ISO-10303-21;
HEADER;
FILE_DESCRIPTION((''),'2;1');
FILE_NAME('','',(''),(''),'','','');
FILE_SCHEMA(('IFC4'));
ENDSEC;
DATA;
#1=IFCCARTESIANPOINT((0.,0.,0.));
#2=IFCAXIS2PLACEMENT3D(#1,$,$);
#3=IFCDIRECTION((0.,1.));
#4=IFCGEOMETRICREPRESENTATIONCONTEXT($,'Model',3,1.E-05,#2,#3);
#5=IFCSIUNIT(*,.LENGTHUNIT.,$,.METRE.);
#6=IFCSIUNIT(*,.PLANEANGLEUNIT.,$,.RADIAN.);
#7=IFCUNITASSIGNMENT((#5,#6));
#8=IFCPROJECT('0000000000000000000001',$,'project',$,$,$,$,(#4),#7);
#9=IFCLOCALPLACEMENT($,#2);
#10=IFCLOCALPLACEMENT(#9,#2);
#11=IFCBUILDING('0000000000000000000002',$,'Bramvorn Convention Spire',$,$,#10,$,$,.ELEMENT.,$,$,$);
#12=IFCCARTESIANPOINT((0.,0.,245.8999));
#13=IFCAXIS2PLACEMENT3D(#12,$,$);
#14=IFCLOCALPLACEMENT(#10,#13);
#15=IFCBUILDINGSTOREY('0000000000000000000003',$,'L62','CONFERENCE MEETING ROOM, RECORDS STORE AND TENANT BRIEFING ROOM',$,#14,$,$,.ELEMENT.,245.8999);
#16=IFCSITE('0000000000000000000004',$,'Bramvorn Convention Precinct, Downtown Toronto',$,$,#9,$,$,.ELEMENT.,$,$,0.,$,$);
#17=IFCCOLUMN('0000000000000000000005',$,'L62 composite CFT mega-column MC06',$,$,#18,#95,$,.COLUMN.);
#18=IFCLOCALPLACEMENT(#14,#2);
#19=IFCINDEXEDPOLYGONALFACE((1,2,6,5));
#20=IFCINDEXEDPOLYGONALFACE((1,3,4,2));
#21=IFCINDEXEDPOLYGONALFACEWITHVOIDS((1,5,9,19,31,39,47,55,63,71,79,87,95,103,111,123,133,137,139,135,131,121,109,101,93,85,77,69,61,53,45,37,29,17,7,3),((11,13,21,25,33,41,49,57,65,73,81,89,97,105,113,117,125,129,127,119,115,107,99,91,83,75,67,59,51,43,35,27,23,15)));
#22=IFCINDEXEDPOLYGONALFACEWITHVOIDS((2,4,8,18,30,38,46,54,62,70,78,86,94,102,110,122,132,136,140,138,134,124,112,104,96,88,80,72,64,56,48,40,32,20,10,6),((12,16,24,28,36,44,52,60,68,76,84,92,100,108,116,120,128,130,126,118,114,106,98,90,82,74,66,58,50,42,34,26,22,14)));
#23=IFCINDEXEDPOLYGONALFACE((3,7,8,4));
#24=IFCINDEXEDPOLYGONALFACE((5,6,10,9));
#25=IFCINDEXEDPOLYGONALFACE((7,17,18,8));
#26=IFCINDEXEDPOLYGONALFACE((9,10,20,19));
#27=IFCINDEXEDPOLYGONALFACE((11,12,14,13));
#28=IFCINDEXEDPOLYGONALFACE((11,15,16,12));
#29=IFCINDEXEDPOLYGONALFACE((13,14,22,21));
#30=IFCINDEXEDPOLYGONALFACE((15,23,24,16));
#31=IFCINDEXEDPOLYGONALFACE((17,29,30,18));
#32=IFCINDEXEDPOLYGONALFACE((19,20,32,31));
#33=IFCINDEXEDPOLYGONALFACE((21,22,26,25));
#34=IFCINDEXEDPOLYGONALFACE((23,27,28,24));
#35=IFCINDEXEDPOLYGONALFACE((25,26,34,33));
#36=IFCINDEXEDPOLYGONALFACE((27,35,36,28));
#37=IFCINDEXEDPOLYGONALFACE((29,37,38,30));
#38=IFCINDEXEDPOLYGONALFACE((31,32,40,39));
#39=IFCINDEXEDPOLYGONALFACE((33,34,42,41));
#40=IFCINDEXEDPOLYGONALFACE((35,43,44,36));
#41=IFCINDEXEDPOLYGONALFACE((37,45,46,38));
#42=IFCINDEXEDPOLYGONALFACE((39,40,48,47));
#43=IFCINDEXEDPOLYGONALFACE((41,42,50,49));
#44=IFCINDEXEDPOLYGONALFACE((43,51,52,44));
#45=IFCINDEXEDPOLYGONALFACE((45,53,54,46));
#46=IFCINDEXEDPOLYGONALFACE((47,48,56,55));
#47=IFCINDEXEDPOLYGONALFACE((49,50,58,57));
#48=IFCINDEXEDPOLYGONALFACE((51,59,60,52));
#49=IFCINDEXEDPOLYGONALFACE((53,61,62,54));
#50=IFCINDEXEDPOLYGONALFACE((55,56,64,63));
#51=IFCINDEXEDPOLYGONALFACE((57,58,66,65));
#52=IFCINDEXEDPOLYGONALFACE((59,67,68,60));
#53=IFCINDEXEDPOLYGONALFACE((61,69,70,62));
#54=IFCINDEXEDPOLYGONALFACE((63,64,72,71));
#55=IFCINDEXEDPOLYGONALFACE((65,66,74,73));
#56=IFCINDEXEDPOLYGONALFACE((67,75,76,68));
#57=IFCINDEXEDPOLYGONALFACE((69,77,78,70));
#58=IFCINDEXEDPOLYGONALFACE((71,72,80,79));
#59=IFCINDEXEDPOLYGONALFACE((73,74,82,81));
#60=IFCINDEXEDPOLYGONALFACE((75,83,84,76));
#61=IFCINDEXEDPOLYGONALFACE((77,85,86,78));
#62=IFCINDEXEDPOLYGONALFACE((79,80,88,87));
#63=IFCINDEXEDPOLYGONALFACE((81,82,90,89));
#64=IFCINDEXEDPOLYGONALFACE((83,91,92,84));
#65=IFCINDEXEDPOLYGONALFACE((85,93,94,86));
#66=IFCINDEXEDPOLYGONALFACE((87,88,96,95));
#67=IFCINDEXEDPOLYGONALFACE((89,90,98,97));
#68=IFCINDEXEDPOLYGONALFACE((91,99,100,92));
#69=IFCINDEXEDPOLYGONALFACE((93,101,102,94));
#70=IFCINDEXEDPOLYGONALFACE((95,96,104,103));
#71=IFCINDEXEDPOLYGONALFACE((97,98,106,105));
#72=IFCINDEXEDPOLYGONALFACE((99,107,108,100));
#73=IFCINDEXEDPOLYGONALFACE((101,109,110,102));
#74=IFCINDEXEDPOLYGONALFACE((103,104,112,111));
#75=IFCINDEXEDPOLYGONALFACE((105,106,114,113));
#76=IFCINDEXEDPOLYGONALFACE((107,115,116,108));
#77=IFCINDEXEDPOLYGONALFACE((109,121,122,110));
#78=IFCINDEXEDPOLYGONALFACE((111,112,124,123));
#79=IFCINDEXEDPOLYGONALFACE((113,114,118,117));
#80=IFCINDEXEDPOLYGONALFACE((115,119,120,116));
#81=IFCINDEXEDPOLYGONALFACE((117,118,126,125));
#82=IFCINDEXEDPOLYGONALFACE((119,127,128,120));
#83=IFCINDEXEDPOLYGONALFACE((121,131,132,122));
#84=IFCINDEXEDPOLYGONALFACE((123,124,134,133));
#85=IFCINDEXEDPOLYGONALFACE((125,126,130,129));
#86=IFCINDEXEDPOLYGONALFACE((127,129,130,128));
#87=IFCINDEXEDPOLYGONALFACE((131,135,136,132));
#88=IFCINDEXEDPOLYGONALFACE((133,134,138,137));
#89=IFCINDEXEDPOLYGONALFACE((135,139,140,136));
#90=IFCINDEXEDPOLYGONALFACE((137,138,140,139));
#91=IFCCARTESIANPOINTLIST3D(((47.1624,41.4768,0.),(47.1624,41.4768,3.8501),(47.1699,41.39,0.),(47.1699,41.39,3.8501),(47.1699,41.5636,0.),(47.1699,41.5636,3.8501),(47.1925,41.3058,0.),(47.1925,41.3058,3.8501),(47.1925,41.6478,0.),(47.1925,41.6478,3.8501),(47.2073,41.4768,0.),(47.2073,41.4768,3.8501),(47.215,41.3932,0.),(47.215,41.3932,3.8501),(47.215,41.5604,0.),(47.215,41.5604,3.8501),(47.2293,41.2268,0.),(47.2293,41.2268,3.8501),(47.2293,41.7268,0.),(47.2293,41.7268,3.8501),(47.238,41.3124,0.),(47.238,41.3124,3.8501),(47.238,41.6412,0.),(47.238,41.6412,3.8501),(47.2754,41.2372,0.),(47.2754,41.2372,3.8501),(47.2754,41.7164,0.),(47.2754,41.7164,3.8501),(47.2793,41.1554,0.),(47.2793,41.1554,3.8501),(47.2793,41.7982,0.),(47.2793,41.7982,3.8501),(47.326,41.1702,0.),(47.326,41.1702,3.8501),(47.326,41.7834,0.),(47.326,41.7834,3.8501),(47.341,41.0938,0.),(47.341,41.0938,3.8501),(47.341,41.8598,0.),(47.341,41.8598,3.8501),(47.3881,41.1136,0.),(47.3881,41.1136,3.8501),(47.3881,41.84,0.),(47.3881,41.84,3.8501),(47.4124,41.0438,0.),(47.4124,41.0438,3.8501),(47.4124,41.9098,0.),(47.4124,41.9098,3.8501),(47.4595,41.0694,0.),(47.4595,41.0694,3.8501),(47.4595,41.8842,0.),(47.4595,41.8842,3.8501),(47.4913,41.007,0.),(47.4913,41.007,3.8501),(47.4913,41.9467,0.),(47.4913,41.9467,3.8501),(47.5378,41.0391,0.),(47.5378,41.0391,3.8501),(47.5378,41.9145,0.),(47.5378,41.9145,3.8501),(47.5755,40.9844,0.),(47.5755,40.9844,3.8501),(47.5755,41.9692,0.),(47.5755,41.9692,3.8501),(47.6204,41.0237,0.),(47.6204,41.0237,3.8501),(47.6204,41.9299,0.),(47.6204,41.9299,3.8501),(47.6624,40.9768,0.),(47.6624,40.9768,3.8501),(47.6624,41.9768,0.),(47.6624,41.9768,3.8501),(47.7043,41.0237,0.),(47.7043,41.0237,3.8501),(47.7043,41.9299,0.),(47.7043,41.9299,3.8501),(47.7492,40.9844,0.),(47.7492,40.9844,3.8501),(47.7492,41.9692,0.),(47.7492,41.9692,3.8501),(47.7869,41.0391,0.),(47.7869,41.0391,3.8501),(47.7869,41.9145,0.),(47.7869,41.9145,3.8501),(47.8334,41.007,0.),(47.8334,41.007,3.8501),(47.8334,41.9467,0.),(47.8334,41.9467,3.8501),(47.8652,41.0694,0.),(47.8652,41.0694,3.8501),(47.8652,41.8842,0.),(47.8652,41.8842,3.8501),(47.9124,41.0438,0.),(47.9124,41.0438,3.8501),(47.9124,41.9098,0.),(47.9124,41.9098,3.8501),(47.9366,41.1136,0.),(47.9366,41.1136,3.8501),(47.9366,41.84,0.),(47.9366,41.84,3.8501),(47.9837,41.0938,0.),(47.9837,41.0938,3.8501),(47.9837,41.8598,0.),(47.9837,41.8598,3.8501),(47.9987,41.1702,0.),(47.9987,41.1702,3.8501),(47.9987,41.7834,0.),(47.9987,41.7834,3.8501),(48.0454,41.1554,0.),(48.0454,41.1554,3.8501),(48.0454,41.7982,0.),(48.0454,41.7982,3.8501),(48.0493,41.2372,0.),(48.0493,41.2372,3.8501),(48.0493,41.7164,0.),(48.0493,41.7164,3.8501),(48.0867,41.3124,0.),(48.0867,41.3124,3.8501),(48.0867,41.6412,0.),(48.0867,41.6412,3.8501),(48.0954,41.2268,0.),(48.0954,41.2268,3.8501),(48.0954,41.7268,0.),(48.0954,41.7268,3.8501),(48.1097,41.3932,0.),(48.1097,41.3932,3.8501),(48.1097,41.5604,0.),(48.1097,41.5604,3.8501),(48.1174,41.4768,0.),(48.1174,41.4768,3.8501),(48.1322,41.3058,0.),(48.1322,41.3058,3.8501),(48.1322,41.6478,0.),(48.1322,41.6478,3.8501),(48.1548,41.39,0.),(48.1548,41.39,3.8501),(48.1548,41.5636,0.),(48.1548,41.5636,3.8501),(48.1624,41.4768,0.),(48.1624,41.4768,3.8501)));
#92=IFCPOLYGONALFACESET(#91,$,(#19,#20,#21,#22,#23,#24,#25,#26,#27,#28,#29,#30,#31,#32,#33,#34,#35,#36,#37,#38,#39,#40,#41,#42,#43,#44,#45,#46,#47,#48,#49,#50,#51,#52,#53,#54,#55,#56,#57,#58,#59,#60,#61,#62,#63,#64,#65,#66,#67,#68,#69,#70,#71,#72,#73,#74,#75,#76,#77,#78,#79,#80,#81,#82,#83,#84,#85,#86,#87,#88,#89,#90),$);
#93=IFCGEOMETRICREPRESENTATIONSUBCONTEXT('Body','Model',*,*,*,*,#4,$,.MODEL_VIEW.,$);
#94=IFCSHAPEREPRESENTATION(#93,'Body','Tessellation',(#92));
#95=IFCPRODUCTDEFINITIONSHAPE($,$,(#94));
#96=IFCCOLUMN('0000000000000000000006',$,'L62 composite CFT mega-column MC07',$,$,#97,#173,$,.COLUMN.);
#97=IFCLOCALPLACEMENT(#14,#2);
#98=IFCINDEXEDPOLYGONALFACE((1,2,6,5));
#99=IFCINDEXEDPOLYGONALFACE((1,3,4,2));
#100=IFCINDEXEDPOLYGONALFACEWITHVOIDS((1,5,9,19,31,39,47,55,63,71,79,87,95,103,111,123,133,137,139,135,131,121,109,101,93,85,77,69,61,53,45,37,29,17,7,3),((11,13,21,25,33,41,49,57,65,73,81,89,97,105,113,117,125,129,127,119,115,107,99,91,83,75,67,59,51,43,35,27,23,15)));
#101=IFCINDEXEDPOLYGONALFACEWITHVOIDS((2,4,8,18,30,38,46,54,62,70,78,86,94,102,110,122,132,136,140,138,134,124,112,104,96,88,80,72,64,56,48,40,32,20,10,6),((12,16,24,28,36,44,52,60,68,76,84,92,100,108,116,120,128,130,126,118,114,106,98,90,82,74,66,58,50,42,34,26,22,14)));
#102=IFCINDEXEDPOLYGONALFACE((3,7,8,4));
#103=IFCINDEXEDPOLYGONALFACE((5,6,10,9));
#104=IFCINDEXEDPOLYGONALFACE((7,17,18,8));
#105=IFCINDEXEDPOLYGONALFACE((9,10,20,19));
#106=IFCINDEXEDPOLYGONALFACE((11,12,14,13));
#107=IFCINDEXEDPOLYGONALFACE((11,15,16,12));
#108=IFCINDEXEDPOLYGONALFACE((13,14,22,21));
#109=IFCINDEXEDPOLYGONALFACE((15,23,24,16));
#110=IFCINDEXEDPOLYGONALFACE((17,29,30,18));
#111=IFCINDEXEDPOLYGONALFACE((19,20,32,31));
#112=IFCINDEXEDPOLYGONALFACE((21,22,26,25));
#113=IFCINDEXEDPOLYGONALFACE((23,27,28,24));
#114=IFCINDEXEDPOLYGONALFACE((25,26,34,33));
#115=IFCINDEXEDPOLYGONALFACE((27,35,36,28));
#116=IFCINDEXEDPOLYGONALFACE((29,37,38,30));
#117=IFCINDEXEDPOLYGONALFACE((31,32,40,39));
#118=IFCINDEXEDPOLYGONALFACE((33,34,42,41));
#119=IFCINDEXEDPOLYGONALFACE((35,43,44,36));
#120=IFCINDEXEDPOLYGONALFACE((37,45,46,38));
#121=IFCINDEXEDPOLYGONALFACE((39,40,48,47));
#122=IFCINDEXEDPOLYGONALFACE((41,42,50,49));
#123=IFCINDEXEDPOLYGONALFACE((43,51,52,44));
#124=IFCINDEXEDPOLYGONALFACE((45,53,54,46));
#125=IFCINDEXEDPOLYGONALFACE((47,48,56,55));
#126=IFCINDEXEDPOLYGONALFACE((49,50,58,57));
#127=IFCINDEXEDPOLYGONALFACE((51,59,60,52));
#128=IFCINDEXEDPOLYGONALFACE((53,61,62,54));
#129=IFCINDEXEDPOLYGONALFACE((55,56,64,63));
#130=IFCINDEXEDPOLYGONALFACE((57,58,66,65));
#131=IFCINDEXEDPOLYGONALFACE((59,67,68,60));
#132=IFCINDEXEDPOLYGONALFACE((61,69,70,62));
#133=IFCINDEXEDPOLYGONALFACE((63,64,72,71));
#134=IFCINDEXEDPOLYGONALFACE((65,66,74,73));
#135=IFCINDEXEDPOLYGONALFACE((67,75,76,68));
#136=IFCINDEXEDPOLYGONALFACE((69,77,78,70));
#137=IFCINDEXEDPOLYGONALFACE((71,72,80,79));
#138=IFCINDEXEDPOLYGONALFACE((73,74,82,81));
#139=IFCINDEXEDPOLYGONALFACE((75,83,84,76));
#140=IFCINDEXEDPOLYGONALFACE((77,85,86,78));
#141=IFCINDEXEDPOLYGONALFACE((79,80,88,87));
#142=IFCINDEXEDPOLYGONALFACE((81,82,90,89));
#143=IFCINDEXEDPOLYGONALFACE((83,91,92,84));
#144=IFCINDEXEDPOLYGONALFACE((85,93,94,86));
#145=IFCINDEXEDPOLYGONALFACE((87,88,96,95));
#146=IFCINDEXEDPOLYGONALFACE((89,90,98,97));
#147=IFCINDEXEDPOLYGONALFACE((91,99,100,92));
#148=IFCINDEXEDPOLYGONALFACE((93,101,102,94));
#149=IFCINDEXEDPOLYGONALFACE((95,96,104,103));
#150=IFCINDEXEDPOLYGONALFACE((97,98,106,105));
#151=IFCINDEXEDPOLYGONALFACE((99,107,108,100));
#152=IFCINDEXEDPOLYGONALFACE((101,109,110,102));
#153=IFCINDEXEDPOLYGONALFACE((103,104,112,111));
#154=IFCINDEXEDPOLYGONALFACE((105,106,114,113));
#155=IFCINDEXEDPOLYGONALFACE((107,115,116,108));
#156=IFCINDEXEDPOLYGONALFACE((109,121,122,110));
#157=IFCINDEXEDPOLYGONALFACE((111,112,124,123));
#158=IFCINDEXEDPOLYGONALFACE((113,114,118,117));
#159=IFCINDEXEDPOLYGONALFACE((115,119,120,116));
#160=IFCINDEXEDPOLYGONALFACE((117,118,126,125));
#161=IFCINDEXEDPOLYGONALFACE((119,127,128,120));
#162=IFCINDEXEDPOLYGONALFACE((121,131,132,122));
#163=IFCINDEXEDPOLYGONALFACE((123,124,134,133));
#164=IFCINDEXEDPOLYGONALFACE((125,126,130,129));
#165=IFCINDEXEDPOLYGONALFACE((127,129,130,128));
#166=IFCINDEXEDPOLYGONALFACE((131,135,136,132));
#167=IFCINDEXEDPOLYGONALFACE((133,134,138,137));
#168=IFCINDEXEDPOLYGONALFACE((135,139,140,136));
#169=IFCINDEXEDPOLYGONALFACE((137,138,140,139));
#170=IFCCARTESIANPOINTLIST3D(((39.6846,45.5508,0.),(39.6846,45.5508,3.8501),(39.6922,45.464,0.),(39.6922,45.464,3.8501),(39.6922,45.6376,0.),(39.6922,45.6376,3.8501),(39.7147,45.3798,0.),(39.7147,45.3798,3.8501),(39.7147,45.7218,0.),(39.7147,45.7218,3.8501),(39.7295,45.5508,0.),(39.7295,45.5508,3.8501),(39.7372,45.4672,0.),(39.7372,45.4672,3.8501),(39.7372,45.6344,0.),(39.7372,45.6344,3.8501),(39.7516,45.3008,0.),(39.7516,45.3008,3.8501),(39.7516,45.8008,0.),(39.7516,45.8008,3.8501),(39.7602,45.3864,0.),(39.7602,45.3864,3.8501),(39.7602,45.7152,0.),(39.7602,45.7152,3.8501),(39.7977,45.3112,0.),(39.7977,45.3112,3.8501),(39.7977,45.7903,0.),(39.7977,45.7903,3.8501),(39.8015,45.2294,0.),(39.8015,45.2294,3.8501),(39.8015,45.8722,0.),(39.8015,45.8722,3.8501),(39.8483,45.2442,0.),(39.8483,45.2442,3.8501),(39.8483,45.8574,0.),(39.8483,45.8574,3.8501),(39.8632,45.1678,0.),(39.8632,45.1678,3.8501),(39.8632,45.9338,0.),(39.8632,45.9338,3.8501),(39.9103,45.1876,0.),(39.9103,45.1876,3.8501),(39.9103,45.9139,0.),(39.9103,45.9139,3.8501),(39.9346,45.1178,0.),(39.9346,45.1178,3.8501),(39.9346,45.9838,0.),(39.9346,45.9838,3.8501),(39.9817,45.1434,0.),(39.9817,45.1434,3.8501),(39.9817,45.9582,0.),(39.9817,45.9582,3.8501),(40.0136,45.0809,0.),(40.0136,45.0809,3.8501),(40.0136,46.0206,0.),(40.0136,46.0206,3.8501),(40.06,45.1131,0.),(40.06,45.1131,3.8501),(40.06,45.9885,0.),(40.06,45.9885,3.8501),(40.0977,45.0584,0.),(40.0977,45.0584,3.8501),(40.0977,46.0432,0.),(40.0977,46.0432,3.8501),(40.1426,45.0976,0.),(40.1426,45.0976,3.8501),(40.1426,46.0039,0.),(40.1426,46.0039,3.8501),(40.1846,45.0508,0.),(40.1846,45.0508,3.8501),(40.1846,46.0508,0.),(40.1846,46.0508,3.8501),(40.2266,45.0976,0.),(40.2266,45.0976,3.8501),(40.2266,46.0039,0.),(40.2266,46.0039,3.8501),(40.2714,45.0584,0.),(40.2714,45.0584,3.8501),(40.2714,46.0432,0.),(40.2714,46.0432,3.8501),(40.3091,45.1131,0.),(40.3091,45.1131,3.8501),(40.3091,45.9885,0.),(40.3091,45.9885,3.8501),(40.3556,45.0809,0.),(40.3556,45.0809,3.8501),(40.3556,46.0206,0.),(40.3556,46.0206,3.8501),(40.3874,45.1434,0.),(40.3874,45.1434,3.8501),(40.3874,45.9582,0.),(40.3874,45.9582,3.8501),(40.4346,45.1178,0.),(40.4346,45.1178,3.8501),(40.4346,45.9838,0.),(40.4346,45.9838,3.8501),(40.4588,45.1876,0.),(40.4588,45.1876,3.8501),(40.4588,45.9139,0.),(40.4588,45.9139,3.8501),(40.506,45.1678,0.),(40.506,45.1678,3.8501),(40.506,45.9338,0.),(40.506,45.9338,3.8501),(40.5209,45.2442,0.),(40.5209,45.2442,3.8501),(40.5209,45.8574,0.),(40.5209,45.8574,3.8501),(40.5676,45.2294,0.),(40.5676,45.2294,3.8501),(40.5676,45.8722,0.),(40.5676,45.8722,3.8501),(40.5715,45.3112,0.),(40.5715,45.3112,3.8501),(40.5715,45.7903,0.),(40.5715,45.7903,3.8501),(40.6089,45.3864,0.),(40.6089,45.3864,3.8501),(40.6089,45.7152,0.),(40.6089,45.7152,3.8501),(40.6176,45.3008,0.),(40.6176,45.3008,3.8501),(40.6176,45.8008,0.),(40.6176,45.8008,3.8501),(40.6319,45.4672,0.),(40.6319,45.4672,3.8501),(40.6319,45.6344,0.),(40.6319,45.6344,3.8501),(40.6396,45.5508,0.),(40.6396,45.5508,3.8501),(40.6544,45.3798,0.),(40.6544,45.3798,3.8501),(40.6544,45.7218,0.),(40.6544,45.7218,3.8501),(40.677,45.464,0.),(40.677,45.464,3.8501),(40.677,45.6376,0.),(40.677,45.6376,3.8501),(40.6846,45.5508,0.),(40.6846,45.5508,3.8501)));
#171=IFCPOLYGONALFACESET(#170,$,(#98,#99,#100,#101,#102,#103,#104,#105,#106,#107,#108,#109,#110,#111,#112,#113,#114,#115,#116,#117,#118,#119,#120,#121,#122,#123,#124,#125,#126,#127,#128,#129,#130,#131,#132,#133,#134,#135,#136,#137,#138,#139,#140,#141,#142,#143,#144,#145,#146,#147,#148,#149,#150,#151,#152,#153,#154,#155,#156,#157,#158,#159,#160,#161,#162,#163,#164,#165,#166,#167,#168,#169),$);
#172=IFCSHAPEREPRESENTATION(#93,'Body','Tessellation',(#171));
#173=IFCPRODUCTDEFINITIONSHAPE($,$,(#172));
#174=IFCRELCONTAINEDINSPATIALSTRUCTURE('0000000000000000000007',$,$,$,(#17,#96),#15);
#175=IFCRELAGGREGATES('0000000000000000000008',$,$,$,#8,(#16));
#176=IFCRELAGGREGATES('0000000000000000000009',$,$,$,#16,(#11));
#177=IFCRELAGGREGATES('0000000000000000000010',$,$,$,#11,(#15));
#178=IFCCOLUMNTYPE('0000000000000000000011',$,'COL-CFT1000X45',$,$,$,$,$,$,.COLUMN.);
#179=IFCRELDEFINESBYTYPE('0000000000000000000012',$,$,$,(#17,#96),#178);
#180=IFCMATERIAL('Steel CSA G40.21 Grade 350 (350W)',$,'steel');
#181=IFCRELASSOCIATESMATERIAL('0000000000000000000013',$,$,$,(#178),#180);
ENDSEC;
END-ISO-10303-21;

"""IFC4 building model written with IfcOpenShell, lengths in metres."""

from ifc_helpers import new_model, si_unit, direction, frame, origin, origin_2d, place, context, subcontext, project, spatial, hollow_circle, extrude, material, material_profile, profile_set, type_object, element, save


model = new_model("IFC4")

# Units and contexts
model_context = context("Model", 3, precision=1e-05, world=origin(), true_north=direction((0.0, 1.0)))
body_context = subcontext(model_context, "Body", "Model", "MODEL_VIEW")
ifc_project = project(units=[si_unit("LENGTHUNIT", "METRE"), si_unit("PLANEANGLEUNIT", "RADIAN")], contexts=[model_context])

# Site, building, storey
site_placement = place(None, origin())
site = spatial("IfcSite", under=ifc_project, at=site_placement, Name="Bramvorn Convention Precinct, Downtown Toronto", CompositionType="ELEMENT", RefElevation=0.0)
building_placement = place(site_placement, origin())
building = spatial("IfcBuilding", under=site, at=building_placement, Name="Bramvorn Convention Spire", CompositionType="ELEMENT")
storey_placement = place(building_placement, frame((0.0, 0.0, 245.8999)))
storey = spatial("IfcBuildingStorey", under=building, at=storey_placement, Name="L62", Description="CONFERENCE MEETING ROOM, RECORDS STORE AND TENANT BRIEFING ROOM", CompositionType="ELEMENT", Elevation=245.8999)

# Columns
ifc_material_1 = material(Name="Steel CSA G40.21 Grade 350 (350W)", Category="steel")
ifc_material_profile_1 = material_profile(ifc_material_1, hollow_circle(Radius=0.5, WallThickness=0.0449, at=origin_2d()))
ifc_profile_set_1 = profile_set([ifc_material_profile_1], Name="Steel CSA G40.21 Grade 350 (350W) - CFT1000X45")
column_type = type_object("IfcColumnType", Name="COL-CFT1000X45", PredefinedType="COLUMN", material=ifc_profile_set_1)
for number, where, z_axis, x_axis, name in (
    (1, (47.6624, 41.4768, 0.0), (0.0, 0.0, 1.0), (1.0, 0.0, 0.0), "L62 composite CFT mega-column MC06"),
    (2, (40.1846, 45.5508, 0.0), (0.0, 0.0, 1.0), (1.0, 0.0, 0.0), "L62 composite CFT mega-column MC07"),
):
    element("IfcColumn", number, at=place(storey_placement, frame(where, z_axis=z_axis, x_axis=x_axis)), inside=storey, type_object=column_type, Name=name, PredefinedType="COLUMN", context=body_context, shape_type="SweptSolid", body=[
        extrude(hollow_circle(Radius=0.5, WallThickness=0.0449, at=origin_2d()), origin(), (0.0, 0.0, 1.0), 3.8501),
    ])

save(model, "model.ifc")
